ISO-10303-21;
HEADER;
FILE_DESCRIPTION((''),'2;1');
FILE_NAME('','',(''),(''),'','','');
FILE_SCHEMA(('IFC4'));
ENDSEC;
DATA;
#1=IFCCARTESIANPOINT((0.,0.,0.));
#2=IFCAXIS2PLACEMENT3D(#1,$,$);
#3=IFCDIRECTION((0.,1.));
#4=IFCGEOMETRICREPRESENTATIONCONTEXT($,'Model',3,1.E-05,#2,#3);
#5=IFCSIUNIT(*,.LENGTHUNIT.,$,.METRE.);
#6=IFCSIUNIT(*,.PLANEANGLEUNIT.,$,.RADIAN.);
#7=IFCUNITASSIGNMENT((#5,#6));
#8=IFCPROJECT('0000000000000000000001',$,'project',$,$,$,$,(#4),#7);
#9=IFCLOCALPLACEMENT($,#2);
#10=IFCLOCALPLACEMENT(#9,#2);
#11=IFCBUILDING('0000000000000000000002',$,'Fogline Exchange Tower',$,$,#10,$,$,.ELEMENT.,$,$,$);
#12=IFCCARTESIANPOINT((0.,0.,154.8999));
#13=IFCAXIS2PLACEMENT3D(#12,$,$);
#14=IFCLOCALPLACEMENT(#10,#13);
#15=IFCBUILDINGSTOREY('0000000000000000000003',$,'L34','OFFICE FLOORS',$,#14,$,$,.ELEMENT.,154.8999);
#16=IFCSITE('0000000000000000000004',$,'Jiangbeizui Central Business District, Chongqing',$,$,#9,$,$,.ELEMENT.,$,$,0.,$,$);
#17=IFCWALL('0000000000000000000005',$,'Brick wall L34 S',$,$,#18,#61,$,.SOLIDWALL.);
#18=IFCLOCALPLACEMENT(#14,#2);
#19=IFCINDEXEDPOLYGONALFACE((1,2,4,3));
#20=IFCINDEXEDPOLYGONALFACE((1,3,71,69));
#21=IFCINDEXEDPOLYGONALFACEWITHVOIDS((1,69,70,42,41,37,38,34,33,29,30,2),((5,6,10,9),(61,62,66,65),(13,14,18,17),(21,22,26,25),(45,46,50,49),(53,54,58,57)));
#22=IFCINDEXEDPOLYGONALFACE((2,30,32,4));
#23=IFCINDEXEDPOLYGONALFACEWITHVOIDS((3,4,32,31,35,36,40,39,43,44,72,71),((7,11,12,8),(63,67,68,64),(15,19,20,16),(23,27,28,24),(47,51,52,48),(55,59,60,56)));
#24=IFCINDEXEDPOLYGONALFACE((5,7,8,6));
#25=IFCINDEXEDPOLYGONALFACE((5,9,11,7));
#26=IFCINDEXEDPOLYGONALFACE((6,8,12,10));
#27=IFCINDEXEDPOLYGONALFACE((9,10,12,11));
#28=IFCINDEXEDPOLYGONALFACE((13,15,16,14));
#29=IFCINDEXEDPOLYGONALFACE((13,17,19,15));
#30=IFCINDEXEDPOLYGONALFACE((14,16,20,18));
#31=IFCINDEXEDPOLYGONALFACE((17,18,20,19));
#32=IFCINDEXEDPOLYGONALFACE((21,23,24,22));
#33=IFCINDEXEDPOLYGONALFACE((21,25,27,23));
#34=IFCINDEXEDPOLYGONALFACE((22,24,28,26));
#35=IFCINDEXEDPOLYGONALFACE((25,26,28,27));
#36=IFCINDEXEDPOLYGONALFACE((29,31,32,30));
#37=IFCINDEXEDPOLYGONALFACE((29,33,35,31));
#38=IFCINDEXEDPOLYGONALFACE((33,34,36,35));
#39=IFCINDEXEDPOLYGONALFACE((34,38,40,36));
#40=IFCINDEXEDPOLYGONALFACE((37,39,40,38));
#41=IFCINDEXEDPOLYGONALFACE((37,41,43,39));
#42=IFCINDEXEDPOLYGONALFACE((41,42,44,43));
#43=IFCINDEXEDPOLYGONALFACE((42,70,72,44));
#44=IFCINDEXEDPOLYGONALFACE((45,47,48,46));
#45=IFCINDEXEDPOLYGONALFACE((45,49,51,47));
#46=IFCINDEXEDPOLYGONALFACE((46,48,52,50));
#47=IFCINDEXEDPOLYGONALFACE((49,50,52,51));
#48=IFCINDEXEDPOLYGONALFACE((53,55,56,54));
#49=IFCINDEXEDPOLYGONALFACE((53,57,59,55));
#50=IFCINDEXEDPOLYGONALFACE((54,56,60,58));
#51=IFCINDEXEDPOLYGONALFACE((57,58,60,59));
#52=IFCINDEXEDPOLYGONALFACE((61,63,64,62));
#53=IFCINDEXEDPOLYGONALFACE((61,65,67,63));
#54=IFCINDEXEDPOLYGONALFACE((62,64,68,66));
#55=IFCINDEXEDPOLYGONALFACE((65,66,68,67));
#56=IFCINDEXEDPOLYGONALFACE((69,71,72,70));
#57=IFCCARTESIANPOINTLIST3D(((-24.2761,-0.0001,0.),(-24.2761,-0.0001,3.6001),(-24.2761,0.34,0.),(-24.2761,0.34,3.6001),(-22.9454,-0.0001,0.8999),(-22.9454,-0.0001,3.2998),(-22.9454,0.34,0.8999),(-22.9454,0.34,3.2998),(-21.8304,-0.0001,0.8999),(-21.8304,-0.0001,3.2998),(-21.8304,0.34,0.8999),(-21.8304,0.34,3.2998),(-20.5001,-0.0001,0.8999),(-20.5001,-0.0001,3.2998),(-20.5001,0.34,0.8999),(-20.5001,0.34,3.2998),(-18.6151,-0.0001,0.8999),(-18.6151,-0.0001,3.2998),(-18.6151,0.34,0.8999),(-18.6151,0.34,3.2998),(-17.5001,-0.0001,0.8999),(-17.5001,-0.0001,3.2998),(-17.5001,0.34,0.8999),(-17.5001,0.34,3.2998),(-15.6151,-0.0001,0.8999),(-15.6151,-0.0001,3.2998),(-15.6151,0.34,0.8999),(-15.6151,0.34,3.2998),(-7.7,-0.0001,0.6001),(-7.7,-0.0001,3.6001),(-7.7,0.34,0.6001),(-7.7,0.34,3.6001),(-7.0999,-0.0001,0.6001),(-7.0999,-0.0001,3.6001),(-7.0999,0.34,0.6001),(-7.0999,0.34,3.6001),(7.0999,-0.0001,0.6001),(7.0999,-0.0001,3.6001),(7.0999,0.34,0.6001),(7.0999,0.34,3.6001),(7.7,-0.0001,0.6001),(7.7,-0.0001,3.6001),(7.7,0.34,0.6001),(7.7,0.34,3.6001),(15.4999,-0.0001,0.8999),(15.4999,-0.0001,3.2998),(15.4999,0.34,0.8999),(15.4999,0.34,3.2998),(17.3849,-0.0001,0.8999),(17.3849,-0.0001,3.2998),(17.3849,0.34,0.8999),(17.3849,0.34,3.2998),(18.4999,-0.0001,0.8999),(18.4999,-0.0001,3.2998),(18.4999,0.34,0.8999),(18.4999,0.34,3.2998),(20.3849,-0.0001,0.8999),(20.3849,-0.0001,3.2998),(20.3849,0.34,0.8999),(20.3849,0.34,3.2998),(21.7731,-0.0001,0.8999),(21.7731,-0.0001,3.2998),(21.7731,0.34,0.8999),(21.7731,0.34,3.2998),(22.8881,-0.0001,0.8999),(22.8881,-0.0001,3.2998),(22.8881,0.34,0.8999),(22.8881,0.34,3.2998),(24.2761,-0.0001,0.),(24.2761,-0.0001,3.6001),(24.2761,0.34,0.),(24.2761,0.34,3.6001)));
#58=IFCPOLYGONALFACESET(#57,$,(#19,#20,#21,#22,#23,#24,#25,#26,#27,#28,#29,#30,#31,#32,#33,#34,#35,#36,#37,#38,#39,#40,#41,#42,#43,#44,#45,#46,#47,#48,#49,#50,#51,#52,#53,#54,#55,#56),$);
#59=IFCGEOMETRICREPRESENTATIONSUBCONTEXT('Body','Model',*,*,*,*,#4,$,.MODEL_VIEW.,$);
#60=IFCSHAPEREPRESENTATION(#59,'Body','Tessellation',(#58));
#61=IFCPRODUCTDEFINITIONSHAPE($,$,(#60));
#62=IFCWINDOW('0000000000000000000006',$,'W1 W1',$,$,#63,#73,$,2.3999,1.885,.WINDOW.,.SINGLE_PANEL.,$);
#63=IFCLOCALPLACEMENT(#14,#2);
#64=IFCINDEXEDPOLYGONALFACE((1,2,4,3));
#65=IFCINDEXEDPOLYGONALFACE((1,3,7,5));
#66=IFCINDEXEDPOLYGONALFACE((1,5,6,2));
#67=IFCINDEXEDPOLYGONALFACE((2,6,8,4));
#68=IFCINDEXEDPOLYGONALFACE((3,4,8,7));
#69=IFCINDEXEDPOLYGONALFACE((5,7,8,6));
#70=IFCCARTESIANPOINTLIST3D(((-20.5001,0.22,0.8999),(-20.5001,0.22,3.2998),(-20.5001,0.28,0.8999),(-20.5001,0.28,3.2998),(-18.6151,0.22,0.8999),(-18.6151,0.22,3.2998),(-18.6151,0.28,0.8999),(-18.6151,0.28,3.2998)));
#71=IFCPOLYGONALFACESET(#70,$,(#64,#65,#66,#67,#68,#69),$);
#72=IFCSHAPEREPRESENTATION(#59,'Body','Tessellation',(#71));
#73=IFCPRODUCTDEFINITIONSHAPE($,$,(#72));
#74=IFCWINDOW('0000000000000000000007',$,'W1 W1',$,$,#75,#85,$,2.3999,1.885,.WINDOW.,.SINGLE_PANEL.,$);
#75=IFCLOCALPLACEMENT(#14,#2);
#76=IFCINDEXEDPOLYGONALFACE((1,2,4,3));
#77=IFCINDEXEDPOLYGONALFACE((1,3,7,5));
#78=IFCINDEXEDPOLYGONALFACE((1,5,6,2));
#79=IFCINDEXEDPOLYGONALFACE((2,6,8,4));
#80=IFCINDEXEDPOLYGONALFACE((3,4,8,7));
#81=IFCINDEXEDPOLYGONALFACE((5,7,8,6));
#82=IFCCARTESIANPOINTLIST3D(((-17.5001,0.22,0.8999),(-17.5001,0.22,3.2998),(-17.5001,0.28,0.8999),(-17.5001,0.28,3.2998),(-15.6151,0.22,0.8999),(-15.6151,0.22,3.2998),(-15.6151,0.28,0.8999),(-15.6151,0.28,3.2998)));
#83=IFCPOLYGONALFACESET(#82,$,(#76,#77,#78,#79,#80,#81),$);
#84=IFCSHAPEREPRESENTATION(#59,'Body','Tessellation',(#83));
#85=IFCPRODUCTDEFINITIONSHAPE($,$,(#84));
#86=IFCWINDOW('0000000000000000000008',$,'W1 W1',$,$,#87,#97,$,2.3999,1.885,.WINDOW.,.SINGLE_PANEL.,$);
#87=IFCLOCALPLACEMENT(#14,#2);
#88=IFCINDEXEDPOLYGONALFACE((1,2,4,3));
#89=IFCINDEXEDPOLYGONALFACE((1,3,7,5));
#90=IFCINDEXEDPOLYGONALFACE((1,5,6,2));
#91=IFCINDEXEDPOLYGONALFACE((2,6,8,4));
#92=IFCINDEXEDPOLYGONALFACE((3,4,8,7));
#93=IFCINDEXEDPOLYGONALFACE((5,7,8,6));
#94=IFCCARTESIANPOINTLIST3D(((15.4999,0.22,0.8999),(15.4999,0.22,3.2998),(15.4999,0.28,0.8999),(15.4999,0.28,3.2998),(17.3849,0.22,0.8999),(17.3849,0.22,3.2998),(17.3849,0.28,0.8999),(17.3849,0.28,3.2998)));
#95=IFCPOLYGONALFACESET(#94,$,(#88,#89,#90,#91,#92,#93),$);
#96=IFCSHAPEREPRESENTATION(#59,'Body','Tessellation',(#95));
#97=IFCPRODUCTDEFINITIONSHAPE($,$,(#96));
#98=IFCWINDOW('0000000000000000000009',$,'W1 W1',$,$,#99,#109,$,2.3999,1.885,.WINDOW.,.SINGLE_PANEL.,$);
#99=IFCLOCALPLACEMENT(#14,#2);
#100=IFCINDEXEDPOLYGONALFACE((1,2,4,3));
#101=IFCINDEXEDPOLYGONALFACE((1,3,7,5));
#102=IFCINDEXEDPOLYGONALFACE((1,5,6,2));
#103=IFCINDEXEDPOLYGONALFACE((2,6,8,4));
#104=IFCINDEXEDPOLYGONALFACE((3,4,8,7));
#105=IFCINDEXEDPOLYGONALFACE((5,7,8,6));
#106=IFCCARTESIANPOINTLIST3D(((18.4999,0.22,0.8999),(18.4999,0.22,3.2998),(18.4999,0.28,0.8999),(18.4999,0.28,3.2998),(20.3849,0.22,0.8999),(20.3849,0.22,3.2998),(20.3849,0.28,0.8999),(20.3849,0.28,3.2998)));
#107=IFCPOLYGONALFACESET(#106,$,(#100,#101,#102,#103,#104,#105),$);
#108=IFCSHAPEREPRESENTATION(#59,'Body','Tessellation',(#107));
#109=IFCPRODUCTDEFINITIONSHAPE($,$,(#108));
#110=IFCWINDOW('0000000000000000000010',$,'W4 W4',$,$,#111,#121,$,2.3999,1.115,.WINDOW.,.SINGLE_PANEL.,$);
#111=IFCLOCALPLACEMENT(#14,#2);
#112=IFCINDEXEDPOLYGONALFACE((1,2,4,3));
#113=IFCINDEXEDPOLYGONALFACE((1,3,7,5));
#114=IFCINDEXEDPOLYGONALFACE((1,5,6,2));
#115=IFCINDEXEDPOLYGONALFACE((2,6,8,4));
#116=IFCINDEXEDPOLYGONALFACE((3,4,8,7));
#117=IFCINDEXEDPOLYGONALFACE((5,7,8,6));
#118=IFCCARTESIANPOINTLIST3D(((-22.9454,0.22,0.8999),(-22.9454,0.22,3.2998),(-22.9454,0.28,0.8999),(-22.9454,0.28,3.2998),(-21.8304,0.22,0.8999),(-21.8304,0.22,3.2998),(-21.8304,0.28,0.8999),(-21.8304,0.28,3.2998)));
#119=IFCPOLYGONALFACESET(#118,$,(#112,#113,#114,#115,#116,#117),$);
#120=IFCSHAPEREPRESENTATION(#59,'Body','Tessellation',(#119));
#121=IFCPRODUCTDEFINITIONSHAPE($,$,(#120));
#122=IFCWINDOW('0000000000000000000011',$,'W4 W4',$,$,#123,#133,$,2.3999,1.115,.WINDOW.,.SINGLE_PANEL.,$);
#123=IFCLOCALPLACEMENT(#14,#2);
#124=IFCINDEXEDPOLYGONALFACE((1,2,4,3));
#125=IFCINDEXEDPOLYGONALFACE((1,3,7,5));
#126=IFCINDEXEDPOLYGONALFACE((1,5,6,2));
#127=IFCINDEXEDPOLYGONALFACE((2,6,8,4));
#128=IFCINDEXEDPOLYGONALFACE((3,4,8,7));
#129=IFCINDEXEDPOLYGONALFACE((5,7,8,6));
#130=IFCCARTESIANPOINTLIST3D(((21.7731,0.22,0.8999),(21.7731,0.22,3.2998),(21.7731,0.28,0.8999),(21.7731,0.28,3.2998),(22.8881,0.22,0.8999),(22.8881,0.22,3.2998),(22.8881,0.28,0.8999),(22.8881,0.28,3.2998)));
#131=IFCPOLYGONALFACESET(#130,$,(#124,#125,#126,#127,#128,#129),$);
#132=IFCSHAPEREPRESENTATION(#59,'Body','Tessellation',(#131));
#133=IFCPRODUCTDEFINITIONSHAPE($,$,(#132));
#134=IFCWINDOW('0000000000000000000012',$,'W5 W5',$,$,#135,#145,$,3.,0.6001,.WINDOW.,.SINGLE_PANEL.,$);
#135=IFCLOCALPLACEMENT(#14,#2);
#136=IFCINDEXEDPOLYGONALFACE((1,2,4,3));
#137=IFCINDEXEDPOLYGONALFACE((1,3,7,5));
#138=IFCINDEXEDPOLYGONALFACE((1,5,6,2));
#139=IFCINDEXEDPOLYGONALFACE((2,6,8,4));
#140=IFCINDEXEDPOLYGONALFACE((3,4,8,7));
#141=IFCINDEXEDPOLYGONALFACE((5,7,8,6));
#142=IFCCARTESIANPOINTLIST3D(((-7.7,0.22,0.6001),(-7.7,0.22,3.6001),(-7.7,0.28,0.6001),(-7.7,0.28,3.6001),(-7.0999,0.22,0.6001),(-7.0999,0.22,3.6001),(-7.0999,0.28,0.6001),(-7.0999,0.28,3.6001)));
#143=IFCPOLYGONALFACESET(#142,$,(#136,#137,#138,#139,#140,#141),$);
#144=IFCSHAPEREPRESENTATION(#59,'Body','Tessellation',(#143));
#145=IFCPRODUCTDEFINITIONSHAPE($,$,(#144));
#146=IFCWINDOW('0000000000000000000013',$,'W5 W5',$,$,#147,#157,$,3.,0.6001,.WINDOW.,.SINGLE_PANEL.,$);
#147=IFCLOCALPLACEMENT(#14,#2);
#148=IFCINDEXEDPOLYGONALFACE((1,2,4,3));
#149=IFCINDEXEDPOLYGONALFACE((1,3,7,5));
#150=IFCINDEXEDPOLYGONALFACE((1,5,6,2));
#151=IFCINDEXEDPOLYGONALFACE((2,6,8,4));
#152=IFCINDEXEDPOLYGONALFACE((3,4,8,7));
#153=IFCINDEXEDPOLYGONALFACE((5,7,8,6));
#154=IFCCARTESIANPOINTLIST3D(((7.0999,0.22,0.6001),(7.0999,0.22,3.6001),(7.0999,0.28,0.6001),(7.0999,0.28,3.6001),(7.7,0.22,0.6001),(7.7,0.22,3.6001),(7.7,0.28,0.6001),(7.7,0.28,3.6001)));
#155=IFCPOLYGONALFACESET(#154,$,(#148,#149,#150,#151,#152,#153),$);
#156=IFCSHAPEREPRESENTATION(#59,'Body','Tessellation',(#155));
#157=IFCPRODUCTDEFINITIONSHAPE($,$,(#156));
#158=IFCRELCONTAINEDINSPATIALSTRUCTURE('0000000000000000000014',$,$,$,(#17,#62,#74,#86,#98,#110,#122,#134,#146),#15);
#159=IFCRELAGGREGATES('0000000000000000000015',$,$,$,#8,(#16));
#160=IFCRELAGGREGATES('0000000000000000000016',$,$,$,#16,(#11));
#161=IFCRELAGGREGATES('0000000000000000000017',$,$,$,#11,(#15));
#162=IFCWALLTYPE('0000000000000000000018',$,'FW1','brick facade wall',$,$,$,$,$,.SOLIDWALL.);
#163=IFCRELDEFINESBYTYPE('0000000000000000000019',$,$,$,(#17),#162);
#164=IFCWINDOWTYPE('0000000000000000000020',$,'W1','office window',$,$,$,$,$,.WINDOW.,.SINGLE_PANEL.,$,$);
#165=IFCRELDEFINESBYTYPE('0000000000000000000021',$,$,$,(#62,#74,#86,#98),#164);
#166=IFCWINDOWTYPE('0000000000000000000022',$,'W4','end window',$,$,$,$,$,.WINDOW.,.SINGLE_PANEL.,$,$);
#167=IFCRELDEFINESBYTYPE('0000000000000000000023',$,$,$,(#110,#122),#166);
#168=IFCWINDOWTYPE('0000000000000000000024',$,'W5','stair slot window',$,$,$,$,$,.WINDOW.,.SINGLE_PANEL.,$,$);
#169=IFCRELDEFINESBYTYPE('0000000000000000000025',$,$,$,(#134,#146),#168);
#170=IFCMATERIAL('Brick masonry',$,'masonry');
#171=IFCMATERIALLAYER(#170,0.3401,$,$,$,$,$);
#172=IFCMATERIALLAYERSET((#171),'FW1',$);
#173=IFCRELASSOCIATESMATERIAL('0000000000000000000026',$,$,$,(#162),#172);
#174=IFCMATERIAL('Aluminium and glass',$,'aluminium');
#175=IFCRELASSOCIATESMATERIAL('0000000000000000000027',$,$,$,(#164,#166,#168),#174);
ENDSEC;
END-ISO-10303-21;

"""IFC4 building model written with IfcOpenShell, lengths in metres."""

from ifc_helpers import new_model, si_unit, direction, frame, frame_2d, origin, place, context, subcontext, project, spatial, rectangle, extrude, material, layer, layer_set, type_object, element, fill, save


model = new_model("IFC4")

# Units and contexts
model_context = context("Model", 3, precision=1e-05, world=origin(), true_north=direction((0.0, 1.0)))
body_context = subcontext(model_context, "Body", "Model", "MODEL_VIEW")
ifc_project = project(units=[si_unit("LENGTHUNIT", "METRE"), si_unit("PLANEANGLEUNIT", "RADIAN")], contexts=[model_context])

# Site, building, storey
site_placement = place(None, origin())
site = spatial("IfcSite", under=ifc_project, at=site_placement, Name="Jiangbeizui Central Business District, Chongqing", CompositionType="ELEMENT", RefElevation=0.0)
building_placement = place(site_placement, origin())
building = spatial("IfcBuilding", under=site, at=building_placement, Name="Fogline Exchange Tower", CompositionType="ELEMENT")
storey_placement = place(building_placement, frame((0.0, 0.0, 154.8999)))
storey = spatial("IfcBuildingStorey", under=building, at=storey_placement, Name="L34", Description="OFFICE FLOORS", CompositionType="ELEMENT", Elevation=154.8999)

# Shared definitions
ifc_material_1 = material(Name="Brick masonry", Category="masonry")
ifc_layer = layer(ifc_material_1, 0.3401)
ifc_layer_set = layer_set([ifc_layer], Name="FW1")
wall_type = type_object("IfcWallType", Name="FW1", Description="brick facade wall", PredefinedType="SOLIDWALL", material=ifc_layer_set)
ifc_material_2 = material(Name="Aluminium and glass", Category="aluminium")

# Wall, openings, windows
wall_1_placement = place(storey_placement, frame((-24.2761, 0.1699, 0.0), z_axis=(0.0, 0.0, 1.0), x_axis=(1.0, 0.0, 0.0)))
wall_1 = element("IfcWall", 1, at=wall_1_placement, inside=storey, type_object=wall_type, Name="Brick wall L34 S", PredefinedType="SOLIDWALL", context=body_context, shape_type="SweptSolid", body=[
    extrude(rectangle(XDim=48.5522, YDim=0.3401, at=frame_2d((24.2761, 0.0))), origin(), (0.0, 0.0, 1.0), 3.6001),
])
opening_1_placement = place(wall_1_placement, frame((3.7761, 0.0, 0.8999)))
opening_1 = element("IfcOpeningElement", 2, at=opening_1_placement, cuts=wall_1, PredefinedType="OPENING", context=body_context, shape_type="SweptSolid", body=[
    extrude(rectangle(XDim=1.885, YDim=2.3999, at=frame_2d((0.9424, 1.2))), frame((0.0, 0.1802, 0.0), z_axis=(0.0, -1.0, 0.0), x_axis=(1.0, 0.0, 0.0)), (0.0, 0.0, 1.0), 0.3601),
])
opening_2_placement = place(wall_1_placement, frame((6.7761, 0.0, 0.8999)))
opening_2 = element("IfcOpeningElement", 3, at=opening_2_placement, cuts=wall_1, PredefinedType="OPENING", context=body_context, shape_type="SweptSolid", body=[
    extrude(rectangle(XDim=1.885, YDim=2.3999, at=frame_2d((0.9424, 1.2))), frame((0.0, 0.1802, 0.0), z_axis=(0.0, -1.0, 0.0), x_axis=(1.0, 0.0, 0.0)), (0.0, 0.0, 1.0), 0.3601),
])
opening_3_placement = place(wall_1_placement, frame((39.7761, 0.0, 0.8999)))
opening_3 = element("IfcOpeningElement", 4, at=opening_3_placement, cuts=wall_1, PredefinedType="OPENING", context=body_context, shape_type="SweptSolid", body=[
    extrude(rectangle(XDim=1.885, YDim=2.3999, at=frame_2d((0.9424, 1.2))), frame((0.0, 0.1802, 0.0), z_axis=(0.0, -1.0, 0.0), x_axis=(1.0, 0.0, 0.0)), (0.0, 0.0, 1.0), 0.3601),
])
opening_4_placement = place(wall_1_placement, frame((42.7761, 0.0, 0.8999)))
opening_4 = element("IfcOpeningElement", 5, at=opening_4_placement, cuts=wall_1, PredefinedType="OPENING", context=body_context, shape_type="SweptSolid", body=[
    extrude(rectangle(XDim=1.885, YDim=2.3999, at=frame_2d((0.9424, 1.2))), frame((0.0, 0.1802, 0.0), z_axis=(0.0, -1.0, 0.0), x_axis=(1.0, 0.0, 0.0)), (0.0, 0.0, 1.0), 0.3601),
])
opening_5_placement = place(wall_1_placement, frame((1.3306, 0.0, 0.8999)))
opening_5 = element("IfcOpeningElement", 6, at=opening_5_placement, cuts=wall_1, PredefinedType="OPENING", context=body_context, shape_type="SweptSolid", body=[
    extrude(rectangle(XDim=1.115, YDim=2.3999, at=frame_2d((0.5576, 1.2))), frame((0.0, 0.1802, 0.0), z_axis=(0.0, -1.0, 0.0), x_axis=(1.0, 0.0, 0.0)), (0.0, 0.0, 1.0), 0.3601),
])
opening_6_placement = place(wall_1_placement, frame((46.0491, 0.0, 0.8999)))
opening_6 = element("IfcOpeningElement", 7, at=opening_6_placement, cuts=wall_1, PredefinedType="OPENING", context=body_context, shape_type="SweptSolid", body=[
    extrude(rectangle(XDim=1.115, YDim=2.3999, at=frame_2d((0.5576, 1.2))), frame((0.0, 0.1802, 0.0), z_axis=(0.0, -1.0, 0.0), x_axis=(1.0, 0.0, 0.0)), (0.0, 0.0, 1.0), 0.3601),
])
opening_7_placement = place(wall_1_placement, frame((16.5762, 0.0, 0.6001)))
opening_7 = element("IfcOpeningElement", 8, at=opening_7_placement, cuts=wall_1, PredefinedType="OPENING", context=body_context, shape_type="SweptSolid", body=[
    extrude(rectangle(XDim=0.6001, YDim=3.0, at=frame_2d((0.3, 1.5))), frame((0.0, 0.1802, 0.0), z_axis=(0.0, -1.0, 0.0), x_axis=(1.0, 0.0, 0.0)), (0.0, 0.0, 1.0), 0.3601),
])
opening_8_placement = place(wall_1_placement, frame((31.376, 0.0, 0.6001)))
opening_8 = element("IfcOpeningElement", 9, at=opening_8_placement, cuts=wall_1, PredefinedType="OPENING", context=body_context, shape_type="SweptSolid", body=[
    extrude(rectangle(XDim=0.6001, YDim=3.0, at=frame_2d((0.3, 1.5))), frame((0.0, 0.1802, 0.0), z_axis=(0.0, -1.0, 0.0), x_axis=(1.0, 0.0, 0.0)), (0.0, 0.0, 1.0), 0.3601),
])
window_type_1 = type_object("IfcWindowType", Name="W1", Description="office window", PartitioningType="SINGLE_PANEL", PredefinedType="WINDOW", material=ifc_material_2)
window_1_placement = place(opening_1_placement, origin())
window_1 = element("IfcWindow", 10, at=window_1_placement, inside=storey, type_object=window_type_1, Name="W1 W1", OverallHeight=2.3999, OverallWidth=1.885, PartitioningType="SINGLE_PANEL", PredefinedType="WINDOW", context=body_context, shape_type="SweptSolid", body=[
    extrude(rectangle(XDim=1.885, YDim=2.3999, at=frame_2d((0.9424, 1.2))), frame((0.0, 0.1101, 0.0), z_axis=(0.0, -1.0, 0.0), x_axis=(1.0, 0.0, 0.0)), (0.0, 0.0, 1.0), 0.0601),
])
fill(opening_1, window_1)
window_2_placement = place(opening_2_placement, origin())
window_2 = element("IfcWindow", 11, at=window_2_placement, inside=storey, type_object=window_type_1, Name="W1 W1", OverallHeight=2.3999, OverallWidth=1.885, PartitioningType="SINGLE_PANEL", PredefinedType="WINDOW", context=body_context, shape_type="SweptSolid", body=[
    extrude(rectangle(XDim=1.885, YDim=2.3999, at=frame_2d((0.9424, 1.2))), frame((0.0, 0.1101, 0.0), z_axis=(0.0, -1.0, 0.0), x_axis=(1.0, 0.0, 0.0)), (0.0, 0.0, 1.0), 0.0601),
])
fill(opening_2, window_2)
window_3_placement = place(opening_3_placement, origin())
window_3 = element("IfcWindow", 12, at=window_3_placement, inside=storey, type_object=window_type_1, Name="W1 W1", OverallHeight=2.3999, OverallWidth=1.885, PartitioningType="SINGLE_PANEL", PredefinedType="WINDOW", context=body_context, shape_type="SweptSolid", body=[
    extrude(rectangle(XDim=1.885, YDim=2.3999, at=frame_2d((0.9424, 1.2))), frame((0.0, 0.1101, 0.0), z_axis=(0.0, -1.0, 0.0), x_axis=(1.0, 0.0, 0.0)), (0.0, 0.0, 1.0), 0.0601),
])
fill(opening_3, window_3)
window_4_placement = place(opening_4_placement, origin())
window_4 = element("IfcWindow", 13, at=window_4_placement, inside=storey, type_object=window_type_1, Name="W1 W1", OverallHeight=2.3999, OverallWidth=1.885, PartitioningType="SINGLE_PANEL", PredefinedType="WINDOW", context=body_context, shape_type="SweptSolid", body=[
    extrude(rectangle(XDim=1.885, YDim=2.3999, at=frame_2d((0.9424, 1.2))), frame((0.0, 0.1101, 0.0), z_axis=(0.0, -1.0, 0.0), x_axis=(1.0, 0.0, 0.0)), (0.0, 0.0, 1.0), 0.0601),
])
fill(opening_4, window_4)
window_type_2 = type_object("IfcWindowType", Name="W4", Description="end window", PartitioningType="SINGLE_PANEL", PredefinedType="WINDOW", material=ifc_material_2)
window_5_placement = place(opening_5_placement, origin())
window_5 = element("IfcWindow", 14, at=window_5_placement, inside=storey, type_object=window_type_2, Name="W4 W4", OverallHeight=2.3999, OverallWidth=1.115, PartitioningType="SINGLE_PANEL", PredefinedType="WINDOW", context=body_context, shape_type="SweptSolid", body=[
    extrude(rectangle(XDim=1.115, YDim=2.3999, at=frame_2d((0.5576, 1.2))), frame((0.0, 0.1101, 0.0), z_axis=(0.0, -1.0, 0.0), x_axis=(1.0, 0.0, 0.0)), (0.0, 0.0, 1.0), 0.0601),
])
fill(opening_5, window_5)
window_6_placement = place(opening_6_placement, origin())
window_6 = element("IfcWindow", 15, at=window_6_placement, inside=storey, type_object=window_type_2, Name="W4 W4", OverallHeight=2.3999, OverallWidth=1.115, PartitioningType="SINGLE_PANEL", PredefinedType="WINDOW", context=body_context, shape_type="SweptSolid", body=[
    extrude(rectangle(XDim=1.115, YDim=2.3999, at=frame_2d((0.5576, 1.2))), frame((0.0, 0.1101, 0.0), z_axis=(0.0, -1.0, 0.0), x_axis=(1.0, 0.0, 0.0)), (0.0, 0.0, 1.0), 0.0601),
])
fill(opening_6, window_6)
window_type_3 = type_object("IfcWindowType", Name="W5", Description="stair slot window", PartitioningType="SINGLE_PANEL", PredefinedType="WINDOW", material=ifc_material_2)
window_7_placement = place(opening_7_placement, origin())
window_7 = element("IfcWindow", 16, at=window_7_placement, inside=storey, type_object=window_type_3, Name="W5 W5", OverallHeight=3.0, OverallWidth=0.6001, PartitioningType="SINGLE_PANEL", PredefinedType="WINDOW", context=body_context, shape_type="SweptSolid", body=[
    extrude(rectangle(XDim=0.6001, YDim=3.0, at=frame_2d((0.3, 1.5))), frame((0.0, 0.1101, 0.0), z_axis=(0.0, -1.0, 0.0), x_axis=(1.0, 0.0, 0.0)), (0.0, 0.0, 1.0), 0.0601),
])
fill(opening_7, window_7)
window_8_placement = place(opening_8_placement, origin())
window_8 = element("IfcWindow", 17, at=window_8_placement, inside=storey, type_object=window_type_3, Name="W5 W5", OverallHeight=3.0, OverallWidth=0.6001, PartitioningType="SINGLE_PANEL", PredefinedType="WINDOW", context=body_context, shape_type="SweptSolid", body=[
    extrude(rectangle(XDim=0.6001, YDim=3.0, at=frame_2d((0.3, 1.5))), frame((0.0, 0.1101, 0.0), z_axis=(0.0, -1.0, 0.0), x_axis=(1.0, 0.0, 0.0)), (0.0, 0.0, 1.0), 0.0601),
])
fill(opening_8, window_8)

save(model, "model.ifc")
